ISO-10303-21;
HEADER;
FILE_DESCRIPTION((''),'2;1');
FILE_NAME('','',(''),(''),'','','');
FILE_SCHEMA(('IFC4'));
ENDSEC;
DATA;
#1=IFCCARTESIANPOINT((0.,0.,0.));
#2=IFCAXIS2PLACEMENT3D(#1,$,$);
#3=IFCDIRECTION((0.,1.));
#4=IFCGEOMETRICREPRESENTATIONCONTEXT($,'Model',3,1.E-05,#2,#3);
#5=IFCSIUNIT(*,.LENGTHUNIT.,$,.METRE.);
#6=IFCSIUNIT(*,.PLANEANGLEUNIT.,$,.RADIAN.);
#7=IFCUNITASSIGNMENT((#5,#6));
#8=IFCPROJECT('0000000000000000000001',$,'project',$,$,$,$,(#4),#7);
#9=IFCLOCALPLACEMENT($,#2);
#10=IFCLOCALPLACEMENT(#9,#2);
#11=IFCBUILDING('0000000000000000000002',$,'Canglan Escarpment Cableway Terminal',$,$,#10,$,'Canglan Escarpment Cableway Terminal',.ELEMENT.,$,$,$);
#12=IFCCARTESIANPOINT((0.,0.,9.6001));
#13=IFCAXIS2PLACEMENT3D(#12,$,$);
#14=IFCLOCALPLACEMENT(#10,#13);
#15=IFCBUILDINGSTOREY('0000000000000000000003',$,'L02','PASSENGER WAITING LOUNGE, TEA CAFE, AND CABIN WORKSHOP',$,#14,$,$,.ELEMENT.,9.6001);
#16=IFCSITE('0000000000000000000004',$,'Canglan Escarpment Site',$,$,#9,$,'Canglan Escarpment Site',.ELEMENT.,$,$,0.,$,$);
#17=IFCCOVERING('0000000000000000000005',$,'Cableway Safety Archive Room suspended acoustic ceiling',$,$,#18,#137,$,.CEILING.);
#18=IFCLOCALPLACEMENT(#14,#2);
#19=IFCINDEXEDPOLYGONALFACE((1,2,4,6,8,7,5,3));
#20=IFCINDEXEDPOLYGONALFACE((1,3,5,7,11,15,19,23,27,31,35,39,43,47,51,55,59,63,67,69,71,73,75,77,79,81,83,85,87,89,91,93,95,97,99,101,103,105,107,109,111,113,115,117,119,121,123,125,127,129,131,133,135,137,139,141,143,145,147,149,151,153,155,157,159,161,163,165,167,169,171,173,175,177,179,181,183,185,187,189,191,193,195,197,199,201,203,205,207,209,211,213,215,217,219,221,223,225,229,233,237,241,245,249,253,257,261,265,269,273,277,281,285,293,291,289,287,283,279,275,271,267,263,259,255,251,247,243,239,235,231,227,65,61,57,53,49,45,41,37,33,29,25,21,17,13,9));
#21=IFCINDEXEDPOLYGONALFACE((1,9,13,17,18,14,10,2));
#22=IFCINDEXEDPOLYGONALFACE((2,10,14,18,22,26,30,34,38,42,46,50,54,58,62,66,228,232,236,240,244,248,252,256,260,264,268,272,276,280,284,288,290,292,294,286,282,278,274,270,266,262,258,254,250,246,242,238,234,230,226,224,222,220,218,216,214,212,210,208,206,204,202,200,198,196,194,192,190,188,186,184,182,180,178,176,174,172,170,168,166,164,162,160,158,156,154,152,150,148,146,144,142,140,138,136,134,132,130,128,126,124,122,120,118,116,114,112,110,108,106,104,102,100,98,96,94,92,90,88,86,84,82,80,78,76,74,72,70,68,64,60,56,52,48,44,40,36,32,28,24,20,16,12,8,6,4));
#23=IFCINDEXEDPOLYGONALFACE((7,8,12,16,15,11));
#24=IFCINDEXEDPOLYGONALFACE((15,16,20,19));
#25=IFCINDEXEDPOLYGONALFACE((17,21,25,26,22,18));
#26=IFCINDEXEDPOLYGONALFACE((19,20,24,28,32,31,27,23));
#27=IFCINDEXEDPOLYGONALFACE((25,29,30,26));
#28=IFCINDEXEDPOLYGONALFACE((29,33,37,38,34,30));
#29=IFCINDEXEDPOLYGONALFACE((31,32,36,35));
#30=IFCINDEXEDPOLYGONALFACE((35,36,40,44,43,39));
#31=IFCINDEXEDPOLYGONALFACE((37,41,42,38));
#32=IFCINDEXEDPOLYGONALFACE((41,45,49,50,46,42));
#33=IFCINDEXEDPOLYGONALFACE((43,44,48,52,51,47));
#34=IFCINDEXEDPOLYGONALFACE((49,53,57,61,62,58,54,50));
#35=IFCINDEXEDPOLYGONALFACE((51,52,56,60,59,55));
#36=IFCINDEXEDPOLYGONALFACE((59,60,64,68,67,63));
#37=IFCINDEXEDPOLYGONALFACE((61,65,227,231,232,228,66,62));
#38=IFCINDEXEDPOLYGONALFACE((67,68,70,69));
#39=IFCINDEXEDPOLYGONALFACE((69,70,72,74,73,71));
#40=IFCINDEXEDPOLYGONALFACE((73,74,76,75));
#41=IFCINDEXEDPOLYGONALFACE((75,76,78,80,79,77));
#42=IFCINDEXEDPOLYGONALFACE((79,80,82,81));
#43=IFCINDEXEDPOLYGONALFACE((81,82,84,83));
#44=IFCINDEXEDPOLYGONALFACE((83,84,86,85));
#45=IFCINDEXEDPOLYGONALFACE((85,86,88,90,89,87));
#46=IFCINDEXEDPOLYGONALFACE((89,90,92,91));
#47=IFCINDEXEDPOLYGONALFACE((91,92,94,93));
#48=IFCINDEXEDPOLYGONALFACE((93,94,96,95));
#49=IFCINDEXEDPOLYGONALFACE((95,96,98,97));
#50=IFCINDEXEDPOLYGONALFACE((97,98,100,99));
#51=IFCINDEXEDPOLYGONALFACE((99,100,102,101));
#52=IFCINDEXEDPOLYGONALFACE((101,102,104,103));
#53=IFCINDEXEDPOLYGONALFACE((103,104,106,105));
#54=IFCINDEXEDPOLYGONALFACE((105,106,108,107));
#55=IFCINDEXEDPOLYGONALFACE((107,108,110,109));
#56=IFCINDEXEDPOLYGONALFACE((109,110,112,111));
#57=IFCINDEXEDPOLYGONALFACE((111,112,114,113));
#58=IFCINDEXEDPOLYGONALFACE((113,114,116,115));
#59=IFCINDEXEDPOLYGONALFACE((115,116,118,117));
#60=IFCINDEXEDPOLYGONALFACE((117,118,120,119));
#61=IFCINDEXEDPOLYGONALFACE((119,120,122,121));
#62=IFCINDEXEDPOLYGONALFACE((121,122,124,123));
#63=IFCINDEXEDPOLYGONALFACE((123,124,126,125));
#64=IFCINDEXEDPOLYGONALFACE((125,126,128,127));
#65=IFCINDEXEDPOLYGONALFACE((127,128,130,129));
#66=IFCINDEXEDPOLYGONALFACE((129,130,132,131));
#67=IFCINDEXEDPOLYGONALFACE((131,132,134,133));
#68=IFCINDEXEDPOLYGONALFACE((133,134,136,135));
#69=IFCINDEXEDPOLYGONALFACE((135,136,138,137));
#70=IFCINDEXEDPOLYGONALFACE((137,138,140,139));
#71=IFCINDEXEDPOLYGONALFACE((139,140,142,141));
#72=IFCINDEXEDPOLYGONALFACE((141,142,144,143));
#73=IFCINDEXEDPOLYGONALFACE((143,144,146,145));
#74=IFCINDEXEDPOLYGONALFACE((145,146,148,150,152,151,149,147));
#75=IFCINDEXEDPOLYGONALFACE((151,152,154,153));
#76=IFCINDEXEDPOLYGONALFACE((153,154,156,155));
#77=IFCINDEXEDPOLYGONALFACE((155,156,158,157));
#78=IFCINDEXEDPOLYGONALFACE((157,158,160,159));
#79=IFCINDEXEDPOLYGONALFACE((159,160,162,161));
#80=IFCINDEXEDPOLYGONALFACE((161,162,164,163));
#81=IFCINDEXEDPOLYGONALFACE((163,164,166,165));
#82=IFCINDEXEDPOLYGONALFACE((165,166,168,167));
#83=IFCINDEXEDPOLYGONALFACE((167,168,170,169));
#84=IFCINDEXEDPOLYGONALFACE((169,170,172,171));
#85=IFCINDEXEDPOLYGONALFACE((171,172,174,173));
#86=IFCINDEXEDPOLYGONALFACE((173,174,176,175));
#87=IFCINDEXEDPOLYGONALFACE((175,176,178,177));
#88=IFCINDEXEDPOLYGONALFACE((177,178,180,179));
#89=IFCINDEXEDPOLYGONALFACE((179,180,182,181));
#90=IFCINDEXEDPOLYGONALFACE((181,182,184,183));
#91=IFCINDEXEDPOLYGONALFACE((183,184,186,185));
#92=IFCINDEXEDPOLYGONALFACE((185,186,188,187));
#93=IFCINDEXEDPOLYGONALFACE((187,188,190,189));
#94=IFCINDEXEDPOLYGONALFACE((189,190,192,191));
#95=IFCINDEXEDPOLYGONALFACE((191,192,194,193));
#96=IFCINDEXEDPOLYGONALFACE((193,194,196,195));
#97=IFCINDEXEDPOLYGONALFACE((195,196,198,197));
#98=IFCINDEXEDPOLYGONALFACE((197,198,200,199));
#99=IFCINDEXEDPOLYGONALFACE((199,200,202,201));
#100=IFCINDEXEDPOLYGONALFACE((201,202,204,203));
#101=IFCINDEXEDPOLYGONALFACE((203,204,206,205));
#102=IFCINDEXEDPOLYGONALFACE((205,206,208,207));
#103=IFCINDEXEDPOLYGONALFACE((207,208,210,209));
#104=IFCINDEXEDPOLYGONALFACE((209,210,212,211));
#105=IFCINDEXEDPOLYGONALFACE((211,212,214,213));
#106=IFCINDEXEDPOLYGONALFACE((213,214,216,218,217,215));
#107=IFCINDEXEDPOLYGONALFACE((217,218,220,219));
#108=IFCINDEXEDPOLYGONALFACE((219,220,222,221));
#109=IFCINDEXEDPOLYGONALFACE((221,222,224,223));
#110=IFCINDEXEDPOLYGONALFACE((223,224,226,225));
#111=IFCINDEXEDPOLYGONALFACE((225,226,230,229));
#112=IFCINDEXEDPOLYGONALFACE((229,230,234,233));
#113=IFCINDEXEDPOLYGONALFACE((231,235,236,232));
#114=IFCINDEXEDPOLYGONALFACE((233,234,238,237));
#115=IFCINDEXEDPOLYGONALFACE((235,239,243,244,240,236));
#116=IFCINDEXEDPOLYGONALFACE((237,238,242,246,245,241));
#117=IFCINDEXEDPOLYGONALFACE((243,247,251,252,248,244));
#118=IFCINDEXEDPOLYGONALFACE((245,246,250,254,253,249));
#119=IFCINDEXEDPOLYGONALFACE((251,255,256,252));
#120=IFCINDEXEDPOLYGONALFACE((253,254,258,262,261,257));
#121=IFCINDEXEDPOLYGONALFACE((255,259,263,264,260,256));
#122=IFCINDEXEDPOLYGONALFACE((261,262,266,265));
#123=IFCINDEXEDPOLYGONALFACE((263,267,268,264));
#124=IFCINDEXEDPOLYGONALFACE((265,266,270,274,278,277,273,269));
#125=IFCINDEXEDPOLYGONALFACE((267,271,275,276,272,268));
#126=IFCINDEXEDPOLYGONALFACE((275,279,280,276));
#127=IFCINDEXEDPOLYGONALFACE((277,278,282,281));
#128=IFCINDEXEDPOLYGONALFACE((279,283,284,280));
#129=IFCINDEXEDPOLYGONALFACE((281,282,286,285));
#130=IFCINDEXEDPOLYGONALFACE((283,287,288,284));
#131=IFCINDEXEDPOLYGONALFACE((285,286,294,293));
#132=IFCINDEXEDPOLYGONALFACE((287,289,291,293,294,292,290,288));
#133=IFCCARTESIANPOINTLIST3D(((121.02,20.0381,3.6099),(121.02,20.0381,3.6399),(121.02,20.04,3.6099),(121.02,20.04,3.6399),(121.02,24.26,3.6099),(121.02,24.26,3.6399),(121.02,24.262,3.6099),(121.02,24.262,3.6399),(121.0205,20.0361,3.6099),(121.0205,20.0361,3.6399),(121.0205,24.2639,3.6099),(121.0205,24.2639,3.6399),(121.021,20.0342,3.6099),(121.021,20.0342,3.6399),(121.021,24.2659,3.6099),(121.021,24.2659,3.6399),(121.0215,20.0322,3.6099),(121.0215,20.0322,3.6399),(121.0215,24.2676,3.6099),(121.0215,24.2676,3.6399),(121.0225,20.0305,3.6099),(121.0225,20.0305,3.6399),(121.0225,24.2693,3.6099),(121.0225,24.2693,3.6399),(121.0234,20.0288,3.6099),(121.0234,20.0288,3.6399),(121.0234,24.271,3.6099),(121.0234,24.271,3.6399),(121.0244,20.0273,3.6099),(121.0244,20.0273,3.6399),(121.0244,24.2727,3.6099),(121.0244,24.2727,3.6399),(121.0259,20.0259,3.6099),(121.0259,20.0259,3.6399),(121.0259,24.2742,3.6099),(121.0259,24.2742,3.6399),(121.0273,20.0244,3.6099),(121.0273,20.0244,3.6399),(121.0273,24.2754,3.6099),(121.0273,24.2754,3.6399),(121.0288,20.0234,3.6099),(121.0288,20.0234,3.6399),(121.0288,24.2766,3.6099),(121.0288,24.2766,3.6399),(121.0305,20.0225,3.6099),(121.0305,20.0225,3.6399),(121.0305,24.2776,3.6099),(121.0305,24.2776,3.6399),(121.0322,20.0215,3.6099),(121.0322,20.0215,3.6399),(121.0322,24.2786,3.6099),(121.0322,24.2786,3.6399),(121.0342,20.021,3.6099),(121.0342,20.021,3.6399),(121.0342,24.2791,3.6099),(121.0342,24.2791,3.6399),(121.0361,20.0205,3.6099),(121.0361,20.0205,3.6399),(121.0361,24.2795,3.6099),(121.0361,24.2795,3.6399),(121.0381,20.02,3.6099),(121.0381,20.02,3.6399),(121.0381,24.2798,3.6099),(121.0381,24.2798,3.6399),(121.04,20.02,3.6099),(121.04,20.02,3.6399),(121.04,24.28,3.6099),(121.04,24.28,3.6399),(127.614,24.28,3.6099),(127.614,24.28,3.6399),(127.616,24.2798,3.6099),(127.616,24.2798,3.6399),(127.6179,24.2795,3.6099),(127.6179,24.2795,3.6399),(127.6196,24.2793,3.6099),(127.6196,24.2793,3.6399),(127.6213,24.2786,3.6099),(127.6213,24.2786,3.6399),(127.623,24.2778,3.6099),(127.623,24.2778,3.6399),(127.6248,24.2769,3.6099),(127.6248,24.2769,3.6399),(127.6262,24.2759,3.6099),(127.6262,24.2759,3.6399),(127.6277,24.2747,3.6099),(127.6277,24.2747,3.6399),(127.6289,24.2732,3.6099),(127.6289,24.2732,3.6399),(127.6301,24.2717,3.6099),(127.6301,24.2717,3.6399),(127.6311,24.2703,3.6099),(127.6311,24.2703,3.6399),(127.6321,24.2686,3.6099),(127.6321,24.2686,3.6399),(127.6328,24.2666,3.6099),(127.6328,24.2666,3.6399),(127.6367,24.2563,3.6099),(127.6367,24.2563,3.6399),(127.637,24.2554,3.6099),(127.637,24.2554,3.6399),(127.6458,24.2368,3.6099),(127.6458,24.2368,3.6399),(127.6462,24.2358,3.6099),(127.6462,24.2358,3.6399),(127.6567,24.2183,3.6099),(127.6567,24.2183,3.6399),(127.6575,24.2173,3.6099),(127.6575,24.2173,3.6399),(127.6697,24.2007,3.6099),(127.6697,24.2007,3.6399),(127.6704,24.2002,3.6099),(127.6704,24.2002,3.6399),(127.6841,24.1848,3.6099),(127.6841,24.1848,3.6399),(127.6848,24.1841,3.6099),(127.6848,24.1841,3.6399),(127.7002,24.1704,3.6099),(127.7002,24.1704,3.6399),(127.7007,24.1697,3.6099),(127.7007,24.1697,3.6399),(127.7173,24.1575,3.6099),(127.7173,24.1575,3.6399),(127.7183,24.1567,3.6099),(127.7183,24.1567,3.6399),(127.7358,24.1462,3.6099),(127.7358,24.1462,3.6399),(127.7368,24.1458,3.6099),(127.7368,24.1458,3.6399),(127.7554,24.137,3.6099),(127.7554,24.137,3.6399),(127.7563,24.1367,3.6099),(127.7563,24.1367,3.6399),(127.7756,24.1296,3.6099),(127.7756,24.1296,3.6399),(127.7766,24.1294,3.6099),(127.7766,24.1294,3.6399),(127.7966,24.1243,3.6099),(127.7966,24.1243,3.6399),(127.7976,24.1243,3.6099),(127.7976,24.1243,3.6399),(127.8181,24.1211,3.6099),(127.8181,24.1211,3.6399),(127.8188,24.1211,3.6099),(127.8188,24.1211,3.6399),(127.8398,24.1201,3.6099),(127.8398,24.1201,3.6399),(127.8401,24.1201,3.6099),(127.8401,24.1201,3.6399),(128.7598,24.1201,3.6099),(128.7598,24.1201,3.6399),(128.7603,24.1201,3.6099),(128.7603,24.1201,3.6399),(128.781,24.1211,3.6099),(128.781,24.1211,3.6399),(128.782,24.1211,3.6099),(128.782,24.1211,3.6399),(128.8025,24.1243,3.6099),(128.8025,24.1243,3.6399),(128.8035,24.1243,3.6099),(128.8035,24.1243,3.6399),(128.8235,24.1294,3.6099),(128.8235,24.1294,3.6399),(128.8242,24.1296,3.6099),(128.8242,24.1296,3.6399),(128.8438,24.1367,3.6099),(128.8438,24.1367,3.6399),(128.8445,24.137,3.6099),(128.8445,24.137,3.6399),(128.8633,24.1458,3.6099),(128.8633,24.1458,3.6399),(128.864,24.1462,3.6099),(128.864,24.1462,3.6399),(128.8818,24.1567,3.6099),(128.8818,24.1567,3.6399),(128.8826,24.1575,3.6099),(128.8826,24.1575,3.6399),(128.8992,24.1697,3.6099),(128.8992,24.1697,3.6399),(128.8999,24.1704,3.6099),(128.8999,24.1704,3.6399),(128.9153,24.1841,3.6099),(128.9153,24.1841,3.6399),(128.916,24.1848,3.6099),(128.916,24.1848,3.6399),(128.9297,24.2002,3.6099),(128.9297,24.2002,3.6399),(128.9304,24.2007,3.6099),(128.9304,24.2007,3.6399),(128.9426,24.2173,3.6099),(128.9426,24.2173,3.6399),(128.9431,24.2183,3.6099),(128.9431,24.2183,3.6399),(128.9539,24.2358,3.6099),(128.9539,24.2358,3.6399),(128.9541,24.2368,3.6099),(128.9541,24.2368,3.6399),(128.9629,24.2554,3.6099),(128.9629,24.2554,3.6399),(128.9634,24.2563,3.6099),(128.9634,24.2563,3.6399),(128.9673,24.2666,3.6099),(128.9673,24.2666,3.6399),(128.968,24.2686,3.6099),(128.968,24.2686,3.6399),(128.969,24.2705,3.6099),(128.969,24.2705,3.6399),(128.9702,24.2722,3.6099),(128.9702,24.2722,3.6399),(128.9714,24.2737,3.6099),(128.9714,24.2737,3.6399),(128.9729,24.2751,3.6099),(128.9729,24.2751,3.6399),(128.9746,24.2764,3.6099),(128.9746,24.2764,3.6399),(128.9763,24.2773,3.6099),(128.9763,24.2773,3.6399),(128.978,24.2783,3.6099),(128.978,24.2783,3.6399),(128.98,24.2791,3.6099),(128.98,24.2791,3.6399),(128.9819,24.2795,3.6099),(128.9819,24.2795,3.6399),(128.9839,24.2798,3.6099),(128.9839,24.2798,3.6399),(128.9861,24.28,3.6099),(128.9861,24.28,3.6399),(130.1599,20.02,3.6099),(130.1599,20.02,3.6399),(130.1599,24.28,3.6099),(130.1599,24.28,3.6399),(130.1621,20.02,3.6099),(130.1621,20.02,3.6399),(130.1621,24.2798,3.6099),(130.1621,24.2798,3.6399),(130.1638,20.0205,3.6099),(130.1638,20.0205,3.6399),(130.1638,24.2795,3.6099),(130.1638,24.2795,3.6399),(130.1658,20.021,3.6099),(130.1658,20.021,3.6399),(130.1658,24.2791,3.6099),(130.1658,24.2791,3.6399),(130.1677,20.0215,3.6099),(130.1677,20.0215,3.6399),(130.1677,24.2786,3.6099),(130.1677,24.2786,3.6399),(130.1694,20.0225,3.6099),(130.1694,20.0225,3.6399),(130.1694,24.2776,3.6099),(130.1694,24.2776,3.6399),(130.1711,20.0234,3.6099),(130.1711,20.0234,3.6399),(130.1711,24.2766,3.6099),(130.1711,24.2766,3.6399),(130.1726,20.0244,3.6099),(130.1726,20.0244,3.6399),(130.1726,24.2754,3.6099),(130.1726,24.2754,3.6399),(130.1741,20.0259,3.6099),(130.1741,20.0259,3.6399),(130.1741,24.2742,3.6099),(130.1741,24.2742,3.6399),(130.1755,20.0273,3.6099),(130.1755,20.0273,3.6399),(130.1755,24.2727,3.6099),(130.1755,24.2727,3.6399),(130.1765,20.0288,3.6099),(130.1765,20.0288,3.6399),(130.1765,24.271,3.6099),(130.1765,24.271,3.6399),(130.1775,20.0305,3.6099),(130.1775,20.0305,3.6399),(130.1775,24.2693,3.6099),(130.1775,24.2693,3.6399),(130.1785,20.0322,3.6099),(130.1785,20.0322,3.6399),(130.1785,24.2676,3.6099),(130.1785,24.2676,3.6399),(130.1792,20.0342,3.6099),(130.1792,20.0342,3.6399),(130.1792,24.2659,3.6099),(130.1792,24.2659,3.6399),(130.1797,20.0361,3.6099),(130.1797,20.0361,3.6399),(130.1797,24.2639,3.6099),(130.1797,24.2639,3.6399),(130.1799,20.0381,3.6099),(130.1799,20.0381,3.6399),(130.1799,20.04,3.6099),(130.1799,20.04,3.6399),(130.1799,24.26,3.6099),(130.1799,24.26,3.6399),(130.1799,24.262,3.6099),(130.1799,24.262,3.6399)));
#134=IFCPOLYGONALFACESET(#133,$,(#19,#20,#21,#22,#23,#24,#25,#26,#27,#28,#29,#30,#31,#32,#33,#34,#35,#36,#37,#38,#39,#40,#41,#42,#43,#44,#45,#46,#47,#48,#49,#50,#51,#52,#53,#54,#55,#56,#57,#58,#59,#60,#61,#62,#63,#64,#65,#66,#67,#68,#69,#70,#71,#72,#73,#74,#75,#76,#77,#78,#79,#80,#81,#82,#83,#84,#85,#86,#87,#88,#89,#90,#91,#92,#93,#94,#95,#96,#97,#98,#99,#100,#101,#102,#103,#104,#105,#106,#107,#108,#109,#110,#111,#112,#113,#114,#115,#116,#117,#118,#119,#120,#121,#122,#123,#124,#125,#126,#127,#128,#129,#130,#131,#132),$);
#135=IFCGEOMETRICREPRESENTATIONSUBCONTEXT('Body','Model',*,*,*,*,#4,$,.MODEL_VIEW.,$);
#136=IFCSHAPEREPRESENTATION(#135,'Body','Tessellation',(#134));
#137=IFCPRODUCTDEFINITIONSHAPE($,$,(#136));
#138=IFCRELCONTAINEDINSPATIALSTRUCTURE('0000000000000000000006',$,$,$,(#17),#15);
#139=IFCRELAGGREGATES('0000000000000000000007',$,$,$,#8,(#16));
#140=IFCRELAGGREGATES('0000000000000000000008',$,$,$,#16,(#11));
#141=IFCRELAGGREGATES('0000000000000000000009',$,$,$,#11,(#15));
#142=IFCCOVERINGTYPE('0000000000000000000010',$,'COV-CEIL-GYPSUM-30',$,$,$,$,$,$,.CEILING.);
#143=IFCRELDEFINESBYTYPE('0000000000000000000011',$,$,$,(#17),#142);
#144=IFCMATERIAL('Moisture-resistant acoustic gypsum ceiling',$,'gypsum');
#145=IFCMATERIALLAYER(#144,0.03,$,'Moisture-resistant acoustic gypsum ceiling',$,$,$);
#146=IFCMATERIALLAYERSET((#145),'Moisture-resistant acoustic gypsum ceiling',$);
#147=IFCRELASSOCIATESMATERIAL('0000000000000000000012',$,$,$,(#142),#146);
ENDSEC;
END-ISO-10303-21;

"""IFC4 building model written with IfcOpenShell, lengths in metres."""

from ifc_helpers import new_model, si_unit, direction, frame, origin, place, context, subcontext, project, spatial, polyline, outline, extrude, material, layer, layer_set, type_object, element, save


model = new_model("IFC4")

# Units and contexts
model_context = context("Model", 3, precision=1e-05, world=origin(), true_north=direction((0.0, 1.0)))
body_context = subcontext(model_context, "Body", "Model", "MODEL_VIEW")
ifc_project = project(units=[si_unit("LENGTHUNIT", "METRE"), si_unit("PLANEANGLEUNIT", "RADIAN")], contexts=[model_context])

# Site, building, storey
site_placement = place(None, origin())
site = spatial("IfcSite", under=ifc_project, at=site_placement, Name="Canglan Escarpment Site", LongName="Canglan Escarpment Site", CompositionType="ELEMENT", RefElevation=0.0)
building_placement = place(site_placement, origin())
building = spatial("IfcBuilding", under=site, at=building_placement, Name="Canglan Escarpment Cableway Terminal", LongName="Canglan Escarpment Cableway Terminal", CompositionType="ELEMENT")
storey_placement = place(building_placement, frame((0.0, 0.0, 9.6001)))
storey = spatial("IfcBuildingStorey", under=building, at=storey_placement, Name="L02", Description="PASSENGER WAITING LOUNGE, TEA CAFE, AND CABIN WORKSHOP", CompositionType="ELEMENT", Elevation=9.6001)

# Covering
ifc_material_1 = material(Name="Moisture-resistant acoustic gypsum ceiling", Category="gypsum")
ifc_layer_1 = layer(ifc_material_1, 0.03, Name="Moisture-resistant acoustic gypsum ceiling")
ifc_layer_set_1 = layer_set([ifc_layer_1], Name="Moisture-resistant acoustic gypsum ceiling")
covering_type_1 = type_object("IfcCoveringType", Name="COV-CEIL-GYPSUM-30", PredefinedType="CEILING", material=ifc_layer_set_1)
covering_1_placement = place(storey_placement, frame((0.0, 0.0, 3.6099)))
element("IfcCovering", 1, at=covering_1_placement, inside=storey, type_object=covering_type_1, Name="Cableway Safety Archive Room suspended acoustic ceiling", PredefinedType="CEILING", context=body_context, shape_type="SweptSolid", body=[
    extrude(outline(polyline([(127.614, 24.28), (127.616, 24.2798), (127.6179, 24.2795), (127.6196, 24.2793), (127.6213, 24.2786), (127.623, 24.2778), (127.6248, 24.2769), (127.6262, 24.2759), (127.6277, 24.2747), (127.6289, 24.2732), (127.6301, 24.2717), (127.6311, 24.2703), (127.6321, 24.2686), (127.6328, 24.2666), (127.6367, 24.2563), (127.637, 24.2554), (127.6458, 24.2368), (127.6462, 24.2358), (127.6567, 24.2183), (127.6575, 24.2173), (127.6697, 24.2007), (127.6704, 24.2002), (127.6841, 24.1848), (127.6848, 24.1841), (127.7002, 24.1704), (127.7007, 24.1697), (127.7173, 24.1575), (127.7183, 24.1567), (127.7358, 24.1462), (127.7368, 24.1458), (127.7554, 24.137), (127.7563, 24.1367), (127.7756, 24.1296), (127.7766, 24.1294), (127.7966, 24.1243), (127.7976, 24.1243), (127.8181, 24.1211), (127.8188, 24.1211), (127.8398, 24.1201), (127.8401, 24.1201), (128.7598, 24.1201), (128.7603, 24.1201), (128.781, 24.1211), (128.782, 24.1211), (128.8025, 24.1243), (128.8035, 24.1243), (128.8235, 24.1294), (128.8242, 24.1296), (128.8438, 24.1367), (128.8445, 24.137), (128.8633, 24.1458), (128.864, 24.1462), (128.8818, 24.1567), (128.8826, 24.1575), (128.8992, 24.1697), (128.8999, 24.1704), (128.9153, 24.1841), (128.916, 24.1848), (128.9297, 24.2002), (128.9304, 24.2007), (128.9426, 24.2173), (128.9431, 24.2183), (128.9539, 24.2358), (128.9541, 24.2368), (128.9629, 24.2554), (128.9634, 24.2563), (128.9673, 24.2666), (128.968, 24.2686), (128.969, 24.2705), (128.9702, 24.2722), (128.9714, 24.2737), (128.9729, 24.2751), (128.9746, 24.2764), (128.9763, 24.2773), (128.978, 24.2783), (128.98, 24.2791), (128.9819, 24.2795), (128.9839, 24.2798), (128.9861, 24.28), (130.1599, 24.28), (130.1621, 24.2798), (130.1638, 24.2795), (130.1658, 24.2791), (130.1677, 24.2786), (130.1694, 24.2776), (130.1711, 24.2766), (130.1726, 24.2754), (130.1741, 24.2742), (130.1755, 24.2727), (130.1765, 24.271), (130.1775, 24.2693), (130.1785, 24.2676), (130.1792, 24.2659), (130.1797, 24.2639), (130.1799, 24.262), (130.1799, 24.26), (130.1799, 20.04), (130.1799, 20.0381), (130.1797, 20.0361), (130.1792, 20.0342), (130.1785, 20.0322), (130.1775, 20.0305), (130.1765, 20.0288), (130.1755, 20.0273), (130.1741, 20.0259), (130.1726, 20.0244), (130.1711, 20.0234), (130.1694, 20.0225), (130.1677, 20.0215), (130.1658, 20.021), (130.1638, 20.0205), (130.1621, 20.02), (130.1599, 20.02), (121.04, 20.02), (121.0381, 20.02), (121.0361, 20.0205), (121.0342, 20.021), (121.0322, 20.0215), (121.0305, 20.0225), (121.0288, 20.0234), (121.0273, 20.0244), (121.0259, 20.0259), (121.0244, 20.0273), (121.0234, 20.0288), (121.0225, 20.0305), (121.0215, 20.0322), (121.021, 20.0342), (121.0205, 20.0361), (121.02, 20.0381), (121.02, 20.04), (121.02, 24.26), (121.02, 24.262), (121.0205, 24.2639), (121.021, 24.2659), (121.0215, 24.2676), (121.0225, 24.2693), (121.0234, 24.271), (121.0244, 24.2727), (121.0259, 24.2742), (121.0273, 24.2754), (121.0288, 24.2766), (121.0305, 24.2776), (121.0322, 24.2786), (121.0342, 24.2791), (121.0361, 24.2795), (121.0381, 24.2798), (121.04, 24.28), (127.614, 24.28)])), origin(), (0.0, 0.0, 1.0), 0.03),
])

save(model, "model.ifc")
